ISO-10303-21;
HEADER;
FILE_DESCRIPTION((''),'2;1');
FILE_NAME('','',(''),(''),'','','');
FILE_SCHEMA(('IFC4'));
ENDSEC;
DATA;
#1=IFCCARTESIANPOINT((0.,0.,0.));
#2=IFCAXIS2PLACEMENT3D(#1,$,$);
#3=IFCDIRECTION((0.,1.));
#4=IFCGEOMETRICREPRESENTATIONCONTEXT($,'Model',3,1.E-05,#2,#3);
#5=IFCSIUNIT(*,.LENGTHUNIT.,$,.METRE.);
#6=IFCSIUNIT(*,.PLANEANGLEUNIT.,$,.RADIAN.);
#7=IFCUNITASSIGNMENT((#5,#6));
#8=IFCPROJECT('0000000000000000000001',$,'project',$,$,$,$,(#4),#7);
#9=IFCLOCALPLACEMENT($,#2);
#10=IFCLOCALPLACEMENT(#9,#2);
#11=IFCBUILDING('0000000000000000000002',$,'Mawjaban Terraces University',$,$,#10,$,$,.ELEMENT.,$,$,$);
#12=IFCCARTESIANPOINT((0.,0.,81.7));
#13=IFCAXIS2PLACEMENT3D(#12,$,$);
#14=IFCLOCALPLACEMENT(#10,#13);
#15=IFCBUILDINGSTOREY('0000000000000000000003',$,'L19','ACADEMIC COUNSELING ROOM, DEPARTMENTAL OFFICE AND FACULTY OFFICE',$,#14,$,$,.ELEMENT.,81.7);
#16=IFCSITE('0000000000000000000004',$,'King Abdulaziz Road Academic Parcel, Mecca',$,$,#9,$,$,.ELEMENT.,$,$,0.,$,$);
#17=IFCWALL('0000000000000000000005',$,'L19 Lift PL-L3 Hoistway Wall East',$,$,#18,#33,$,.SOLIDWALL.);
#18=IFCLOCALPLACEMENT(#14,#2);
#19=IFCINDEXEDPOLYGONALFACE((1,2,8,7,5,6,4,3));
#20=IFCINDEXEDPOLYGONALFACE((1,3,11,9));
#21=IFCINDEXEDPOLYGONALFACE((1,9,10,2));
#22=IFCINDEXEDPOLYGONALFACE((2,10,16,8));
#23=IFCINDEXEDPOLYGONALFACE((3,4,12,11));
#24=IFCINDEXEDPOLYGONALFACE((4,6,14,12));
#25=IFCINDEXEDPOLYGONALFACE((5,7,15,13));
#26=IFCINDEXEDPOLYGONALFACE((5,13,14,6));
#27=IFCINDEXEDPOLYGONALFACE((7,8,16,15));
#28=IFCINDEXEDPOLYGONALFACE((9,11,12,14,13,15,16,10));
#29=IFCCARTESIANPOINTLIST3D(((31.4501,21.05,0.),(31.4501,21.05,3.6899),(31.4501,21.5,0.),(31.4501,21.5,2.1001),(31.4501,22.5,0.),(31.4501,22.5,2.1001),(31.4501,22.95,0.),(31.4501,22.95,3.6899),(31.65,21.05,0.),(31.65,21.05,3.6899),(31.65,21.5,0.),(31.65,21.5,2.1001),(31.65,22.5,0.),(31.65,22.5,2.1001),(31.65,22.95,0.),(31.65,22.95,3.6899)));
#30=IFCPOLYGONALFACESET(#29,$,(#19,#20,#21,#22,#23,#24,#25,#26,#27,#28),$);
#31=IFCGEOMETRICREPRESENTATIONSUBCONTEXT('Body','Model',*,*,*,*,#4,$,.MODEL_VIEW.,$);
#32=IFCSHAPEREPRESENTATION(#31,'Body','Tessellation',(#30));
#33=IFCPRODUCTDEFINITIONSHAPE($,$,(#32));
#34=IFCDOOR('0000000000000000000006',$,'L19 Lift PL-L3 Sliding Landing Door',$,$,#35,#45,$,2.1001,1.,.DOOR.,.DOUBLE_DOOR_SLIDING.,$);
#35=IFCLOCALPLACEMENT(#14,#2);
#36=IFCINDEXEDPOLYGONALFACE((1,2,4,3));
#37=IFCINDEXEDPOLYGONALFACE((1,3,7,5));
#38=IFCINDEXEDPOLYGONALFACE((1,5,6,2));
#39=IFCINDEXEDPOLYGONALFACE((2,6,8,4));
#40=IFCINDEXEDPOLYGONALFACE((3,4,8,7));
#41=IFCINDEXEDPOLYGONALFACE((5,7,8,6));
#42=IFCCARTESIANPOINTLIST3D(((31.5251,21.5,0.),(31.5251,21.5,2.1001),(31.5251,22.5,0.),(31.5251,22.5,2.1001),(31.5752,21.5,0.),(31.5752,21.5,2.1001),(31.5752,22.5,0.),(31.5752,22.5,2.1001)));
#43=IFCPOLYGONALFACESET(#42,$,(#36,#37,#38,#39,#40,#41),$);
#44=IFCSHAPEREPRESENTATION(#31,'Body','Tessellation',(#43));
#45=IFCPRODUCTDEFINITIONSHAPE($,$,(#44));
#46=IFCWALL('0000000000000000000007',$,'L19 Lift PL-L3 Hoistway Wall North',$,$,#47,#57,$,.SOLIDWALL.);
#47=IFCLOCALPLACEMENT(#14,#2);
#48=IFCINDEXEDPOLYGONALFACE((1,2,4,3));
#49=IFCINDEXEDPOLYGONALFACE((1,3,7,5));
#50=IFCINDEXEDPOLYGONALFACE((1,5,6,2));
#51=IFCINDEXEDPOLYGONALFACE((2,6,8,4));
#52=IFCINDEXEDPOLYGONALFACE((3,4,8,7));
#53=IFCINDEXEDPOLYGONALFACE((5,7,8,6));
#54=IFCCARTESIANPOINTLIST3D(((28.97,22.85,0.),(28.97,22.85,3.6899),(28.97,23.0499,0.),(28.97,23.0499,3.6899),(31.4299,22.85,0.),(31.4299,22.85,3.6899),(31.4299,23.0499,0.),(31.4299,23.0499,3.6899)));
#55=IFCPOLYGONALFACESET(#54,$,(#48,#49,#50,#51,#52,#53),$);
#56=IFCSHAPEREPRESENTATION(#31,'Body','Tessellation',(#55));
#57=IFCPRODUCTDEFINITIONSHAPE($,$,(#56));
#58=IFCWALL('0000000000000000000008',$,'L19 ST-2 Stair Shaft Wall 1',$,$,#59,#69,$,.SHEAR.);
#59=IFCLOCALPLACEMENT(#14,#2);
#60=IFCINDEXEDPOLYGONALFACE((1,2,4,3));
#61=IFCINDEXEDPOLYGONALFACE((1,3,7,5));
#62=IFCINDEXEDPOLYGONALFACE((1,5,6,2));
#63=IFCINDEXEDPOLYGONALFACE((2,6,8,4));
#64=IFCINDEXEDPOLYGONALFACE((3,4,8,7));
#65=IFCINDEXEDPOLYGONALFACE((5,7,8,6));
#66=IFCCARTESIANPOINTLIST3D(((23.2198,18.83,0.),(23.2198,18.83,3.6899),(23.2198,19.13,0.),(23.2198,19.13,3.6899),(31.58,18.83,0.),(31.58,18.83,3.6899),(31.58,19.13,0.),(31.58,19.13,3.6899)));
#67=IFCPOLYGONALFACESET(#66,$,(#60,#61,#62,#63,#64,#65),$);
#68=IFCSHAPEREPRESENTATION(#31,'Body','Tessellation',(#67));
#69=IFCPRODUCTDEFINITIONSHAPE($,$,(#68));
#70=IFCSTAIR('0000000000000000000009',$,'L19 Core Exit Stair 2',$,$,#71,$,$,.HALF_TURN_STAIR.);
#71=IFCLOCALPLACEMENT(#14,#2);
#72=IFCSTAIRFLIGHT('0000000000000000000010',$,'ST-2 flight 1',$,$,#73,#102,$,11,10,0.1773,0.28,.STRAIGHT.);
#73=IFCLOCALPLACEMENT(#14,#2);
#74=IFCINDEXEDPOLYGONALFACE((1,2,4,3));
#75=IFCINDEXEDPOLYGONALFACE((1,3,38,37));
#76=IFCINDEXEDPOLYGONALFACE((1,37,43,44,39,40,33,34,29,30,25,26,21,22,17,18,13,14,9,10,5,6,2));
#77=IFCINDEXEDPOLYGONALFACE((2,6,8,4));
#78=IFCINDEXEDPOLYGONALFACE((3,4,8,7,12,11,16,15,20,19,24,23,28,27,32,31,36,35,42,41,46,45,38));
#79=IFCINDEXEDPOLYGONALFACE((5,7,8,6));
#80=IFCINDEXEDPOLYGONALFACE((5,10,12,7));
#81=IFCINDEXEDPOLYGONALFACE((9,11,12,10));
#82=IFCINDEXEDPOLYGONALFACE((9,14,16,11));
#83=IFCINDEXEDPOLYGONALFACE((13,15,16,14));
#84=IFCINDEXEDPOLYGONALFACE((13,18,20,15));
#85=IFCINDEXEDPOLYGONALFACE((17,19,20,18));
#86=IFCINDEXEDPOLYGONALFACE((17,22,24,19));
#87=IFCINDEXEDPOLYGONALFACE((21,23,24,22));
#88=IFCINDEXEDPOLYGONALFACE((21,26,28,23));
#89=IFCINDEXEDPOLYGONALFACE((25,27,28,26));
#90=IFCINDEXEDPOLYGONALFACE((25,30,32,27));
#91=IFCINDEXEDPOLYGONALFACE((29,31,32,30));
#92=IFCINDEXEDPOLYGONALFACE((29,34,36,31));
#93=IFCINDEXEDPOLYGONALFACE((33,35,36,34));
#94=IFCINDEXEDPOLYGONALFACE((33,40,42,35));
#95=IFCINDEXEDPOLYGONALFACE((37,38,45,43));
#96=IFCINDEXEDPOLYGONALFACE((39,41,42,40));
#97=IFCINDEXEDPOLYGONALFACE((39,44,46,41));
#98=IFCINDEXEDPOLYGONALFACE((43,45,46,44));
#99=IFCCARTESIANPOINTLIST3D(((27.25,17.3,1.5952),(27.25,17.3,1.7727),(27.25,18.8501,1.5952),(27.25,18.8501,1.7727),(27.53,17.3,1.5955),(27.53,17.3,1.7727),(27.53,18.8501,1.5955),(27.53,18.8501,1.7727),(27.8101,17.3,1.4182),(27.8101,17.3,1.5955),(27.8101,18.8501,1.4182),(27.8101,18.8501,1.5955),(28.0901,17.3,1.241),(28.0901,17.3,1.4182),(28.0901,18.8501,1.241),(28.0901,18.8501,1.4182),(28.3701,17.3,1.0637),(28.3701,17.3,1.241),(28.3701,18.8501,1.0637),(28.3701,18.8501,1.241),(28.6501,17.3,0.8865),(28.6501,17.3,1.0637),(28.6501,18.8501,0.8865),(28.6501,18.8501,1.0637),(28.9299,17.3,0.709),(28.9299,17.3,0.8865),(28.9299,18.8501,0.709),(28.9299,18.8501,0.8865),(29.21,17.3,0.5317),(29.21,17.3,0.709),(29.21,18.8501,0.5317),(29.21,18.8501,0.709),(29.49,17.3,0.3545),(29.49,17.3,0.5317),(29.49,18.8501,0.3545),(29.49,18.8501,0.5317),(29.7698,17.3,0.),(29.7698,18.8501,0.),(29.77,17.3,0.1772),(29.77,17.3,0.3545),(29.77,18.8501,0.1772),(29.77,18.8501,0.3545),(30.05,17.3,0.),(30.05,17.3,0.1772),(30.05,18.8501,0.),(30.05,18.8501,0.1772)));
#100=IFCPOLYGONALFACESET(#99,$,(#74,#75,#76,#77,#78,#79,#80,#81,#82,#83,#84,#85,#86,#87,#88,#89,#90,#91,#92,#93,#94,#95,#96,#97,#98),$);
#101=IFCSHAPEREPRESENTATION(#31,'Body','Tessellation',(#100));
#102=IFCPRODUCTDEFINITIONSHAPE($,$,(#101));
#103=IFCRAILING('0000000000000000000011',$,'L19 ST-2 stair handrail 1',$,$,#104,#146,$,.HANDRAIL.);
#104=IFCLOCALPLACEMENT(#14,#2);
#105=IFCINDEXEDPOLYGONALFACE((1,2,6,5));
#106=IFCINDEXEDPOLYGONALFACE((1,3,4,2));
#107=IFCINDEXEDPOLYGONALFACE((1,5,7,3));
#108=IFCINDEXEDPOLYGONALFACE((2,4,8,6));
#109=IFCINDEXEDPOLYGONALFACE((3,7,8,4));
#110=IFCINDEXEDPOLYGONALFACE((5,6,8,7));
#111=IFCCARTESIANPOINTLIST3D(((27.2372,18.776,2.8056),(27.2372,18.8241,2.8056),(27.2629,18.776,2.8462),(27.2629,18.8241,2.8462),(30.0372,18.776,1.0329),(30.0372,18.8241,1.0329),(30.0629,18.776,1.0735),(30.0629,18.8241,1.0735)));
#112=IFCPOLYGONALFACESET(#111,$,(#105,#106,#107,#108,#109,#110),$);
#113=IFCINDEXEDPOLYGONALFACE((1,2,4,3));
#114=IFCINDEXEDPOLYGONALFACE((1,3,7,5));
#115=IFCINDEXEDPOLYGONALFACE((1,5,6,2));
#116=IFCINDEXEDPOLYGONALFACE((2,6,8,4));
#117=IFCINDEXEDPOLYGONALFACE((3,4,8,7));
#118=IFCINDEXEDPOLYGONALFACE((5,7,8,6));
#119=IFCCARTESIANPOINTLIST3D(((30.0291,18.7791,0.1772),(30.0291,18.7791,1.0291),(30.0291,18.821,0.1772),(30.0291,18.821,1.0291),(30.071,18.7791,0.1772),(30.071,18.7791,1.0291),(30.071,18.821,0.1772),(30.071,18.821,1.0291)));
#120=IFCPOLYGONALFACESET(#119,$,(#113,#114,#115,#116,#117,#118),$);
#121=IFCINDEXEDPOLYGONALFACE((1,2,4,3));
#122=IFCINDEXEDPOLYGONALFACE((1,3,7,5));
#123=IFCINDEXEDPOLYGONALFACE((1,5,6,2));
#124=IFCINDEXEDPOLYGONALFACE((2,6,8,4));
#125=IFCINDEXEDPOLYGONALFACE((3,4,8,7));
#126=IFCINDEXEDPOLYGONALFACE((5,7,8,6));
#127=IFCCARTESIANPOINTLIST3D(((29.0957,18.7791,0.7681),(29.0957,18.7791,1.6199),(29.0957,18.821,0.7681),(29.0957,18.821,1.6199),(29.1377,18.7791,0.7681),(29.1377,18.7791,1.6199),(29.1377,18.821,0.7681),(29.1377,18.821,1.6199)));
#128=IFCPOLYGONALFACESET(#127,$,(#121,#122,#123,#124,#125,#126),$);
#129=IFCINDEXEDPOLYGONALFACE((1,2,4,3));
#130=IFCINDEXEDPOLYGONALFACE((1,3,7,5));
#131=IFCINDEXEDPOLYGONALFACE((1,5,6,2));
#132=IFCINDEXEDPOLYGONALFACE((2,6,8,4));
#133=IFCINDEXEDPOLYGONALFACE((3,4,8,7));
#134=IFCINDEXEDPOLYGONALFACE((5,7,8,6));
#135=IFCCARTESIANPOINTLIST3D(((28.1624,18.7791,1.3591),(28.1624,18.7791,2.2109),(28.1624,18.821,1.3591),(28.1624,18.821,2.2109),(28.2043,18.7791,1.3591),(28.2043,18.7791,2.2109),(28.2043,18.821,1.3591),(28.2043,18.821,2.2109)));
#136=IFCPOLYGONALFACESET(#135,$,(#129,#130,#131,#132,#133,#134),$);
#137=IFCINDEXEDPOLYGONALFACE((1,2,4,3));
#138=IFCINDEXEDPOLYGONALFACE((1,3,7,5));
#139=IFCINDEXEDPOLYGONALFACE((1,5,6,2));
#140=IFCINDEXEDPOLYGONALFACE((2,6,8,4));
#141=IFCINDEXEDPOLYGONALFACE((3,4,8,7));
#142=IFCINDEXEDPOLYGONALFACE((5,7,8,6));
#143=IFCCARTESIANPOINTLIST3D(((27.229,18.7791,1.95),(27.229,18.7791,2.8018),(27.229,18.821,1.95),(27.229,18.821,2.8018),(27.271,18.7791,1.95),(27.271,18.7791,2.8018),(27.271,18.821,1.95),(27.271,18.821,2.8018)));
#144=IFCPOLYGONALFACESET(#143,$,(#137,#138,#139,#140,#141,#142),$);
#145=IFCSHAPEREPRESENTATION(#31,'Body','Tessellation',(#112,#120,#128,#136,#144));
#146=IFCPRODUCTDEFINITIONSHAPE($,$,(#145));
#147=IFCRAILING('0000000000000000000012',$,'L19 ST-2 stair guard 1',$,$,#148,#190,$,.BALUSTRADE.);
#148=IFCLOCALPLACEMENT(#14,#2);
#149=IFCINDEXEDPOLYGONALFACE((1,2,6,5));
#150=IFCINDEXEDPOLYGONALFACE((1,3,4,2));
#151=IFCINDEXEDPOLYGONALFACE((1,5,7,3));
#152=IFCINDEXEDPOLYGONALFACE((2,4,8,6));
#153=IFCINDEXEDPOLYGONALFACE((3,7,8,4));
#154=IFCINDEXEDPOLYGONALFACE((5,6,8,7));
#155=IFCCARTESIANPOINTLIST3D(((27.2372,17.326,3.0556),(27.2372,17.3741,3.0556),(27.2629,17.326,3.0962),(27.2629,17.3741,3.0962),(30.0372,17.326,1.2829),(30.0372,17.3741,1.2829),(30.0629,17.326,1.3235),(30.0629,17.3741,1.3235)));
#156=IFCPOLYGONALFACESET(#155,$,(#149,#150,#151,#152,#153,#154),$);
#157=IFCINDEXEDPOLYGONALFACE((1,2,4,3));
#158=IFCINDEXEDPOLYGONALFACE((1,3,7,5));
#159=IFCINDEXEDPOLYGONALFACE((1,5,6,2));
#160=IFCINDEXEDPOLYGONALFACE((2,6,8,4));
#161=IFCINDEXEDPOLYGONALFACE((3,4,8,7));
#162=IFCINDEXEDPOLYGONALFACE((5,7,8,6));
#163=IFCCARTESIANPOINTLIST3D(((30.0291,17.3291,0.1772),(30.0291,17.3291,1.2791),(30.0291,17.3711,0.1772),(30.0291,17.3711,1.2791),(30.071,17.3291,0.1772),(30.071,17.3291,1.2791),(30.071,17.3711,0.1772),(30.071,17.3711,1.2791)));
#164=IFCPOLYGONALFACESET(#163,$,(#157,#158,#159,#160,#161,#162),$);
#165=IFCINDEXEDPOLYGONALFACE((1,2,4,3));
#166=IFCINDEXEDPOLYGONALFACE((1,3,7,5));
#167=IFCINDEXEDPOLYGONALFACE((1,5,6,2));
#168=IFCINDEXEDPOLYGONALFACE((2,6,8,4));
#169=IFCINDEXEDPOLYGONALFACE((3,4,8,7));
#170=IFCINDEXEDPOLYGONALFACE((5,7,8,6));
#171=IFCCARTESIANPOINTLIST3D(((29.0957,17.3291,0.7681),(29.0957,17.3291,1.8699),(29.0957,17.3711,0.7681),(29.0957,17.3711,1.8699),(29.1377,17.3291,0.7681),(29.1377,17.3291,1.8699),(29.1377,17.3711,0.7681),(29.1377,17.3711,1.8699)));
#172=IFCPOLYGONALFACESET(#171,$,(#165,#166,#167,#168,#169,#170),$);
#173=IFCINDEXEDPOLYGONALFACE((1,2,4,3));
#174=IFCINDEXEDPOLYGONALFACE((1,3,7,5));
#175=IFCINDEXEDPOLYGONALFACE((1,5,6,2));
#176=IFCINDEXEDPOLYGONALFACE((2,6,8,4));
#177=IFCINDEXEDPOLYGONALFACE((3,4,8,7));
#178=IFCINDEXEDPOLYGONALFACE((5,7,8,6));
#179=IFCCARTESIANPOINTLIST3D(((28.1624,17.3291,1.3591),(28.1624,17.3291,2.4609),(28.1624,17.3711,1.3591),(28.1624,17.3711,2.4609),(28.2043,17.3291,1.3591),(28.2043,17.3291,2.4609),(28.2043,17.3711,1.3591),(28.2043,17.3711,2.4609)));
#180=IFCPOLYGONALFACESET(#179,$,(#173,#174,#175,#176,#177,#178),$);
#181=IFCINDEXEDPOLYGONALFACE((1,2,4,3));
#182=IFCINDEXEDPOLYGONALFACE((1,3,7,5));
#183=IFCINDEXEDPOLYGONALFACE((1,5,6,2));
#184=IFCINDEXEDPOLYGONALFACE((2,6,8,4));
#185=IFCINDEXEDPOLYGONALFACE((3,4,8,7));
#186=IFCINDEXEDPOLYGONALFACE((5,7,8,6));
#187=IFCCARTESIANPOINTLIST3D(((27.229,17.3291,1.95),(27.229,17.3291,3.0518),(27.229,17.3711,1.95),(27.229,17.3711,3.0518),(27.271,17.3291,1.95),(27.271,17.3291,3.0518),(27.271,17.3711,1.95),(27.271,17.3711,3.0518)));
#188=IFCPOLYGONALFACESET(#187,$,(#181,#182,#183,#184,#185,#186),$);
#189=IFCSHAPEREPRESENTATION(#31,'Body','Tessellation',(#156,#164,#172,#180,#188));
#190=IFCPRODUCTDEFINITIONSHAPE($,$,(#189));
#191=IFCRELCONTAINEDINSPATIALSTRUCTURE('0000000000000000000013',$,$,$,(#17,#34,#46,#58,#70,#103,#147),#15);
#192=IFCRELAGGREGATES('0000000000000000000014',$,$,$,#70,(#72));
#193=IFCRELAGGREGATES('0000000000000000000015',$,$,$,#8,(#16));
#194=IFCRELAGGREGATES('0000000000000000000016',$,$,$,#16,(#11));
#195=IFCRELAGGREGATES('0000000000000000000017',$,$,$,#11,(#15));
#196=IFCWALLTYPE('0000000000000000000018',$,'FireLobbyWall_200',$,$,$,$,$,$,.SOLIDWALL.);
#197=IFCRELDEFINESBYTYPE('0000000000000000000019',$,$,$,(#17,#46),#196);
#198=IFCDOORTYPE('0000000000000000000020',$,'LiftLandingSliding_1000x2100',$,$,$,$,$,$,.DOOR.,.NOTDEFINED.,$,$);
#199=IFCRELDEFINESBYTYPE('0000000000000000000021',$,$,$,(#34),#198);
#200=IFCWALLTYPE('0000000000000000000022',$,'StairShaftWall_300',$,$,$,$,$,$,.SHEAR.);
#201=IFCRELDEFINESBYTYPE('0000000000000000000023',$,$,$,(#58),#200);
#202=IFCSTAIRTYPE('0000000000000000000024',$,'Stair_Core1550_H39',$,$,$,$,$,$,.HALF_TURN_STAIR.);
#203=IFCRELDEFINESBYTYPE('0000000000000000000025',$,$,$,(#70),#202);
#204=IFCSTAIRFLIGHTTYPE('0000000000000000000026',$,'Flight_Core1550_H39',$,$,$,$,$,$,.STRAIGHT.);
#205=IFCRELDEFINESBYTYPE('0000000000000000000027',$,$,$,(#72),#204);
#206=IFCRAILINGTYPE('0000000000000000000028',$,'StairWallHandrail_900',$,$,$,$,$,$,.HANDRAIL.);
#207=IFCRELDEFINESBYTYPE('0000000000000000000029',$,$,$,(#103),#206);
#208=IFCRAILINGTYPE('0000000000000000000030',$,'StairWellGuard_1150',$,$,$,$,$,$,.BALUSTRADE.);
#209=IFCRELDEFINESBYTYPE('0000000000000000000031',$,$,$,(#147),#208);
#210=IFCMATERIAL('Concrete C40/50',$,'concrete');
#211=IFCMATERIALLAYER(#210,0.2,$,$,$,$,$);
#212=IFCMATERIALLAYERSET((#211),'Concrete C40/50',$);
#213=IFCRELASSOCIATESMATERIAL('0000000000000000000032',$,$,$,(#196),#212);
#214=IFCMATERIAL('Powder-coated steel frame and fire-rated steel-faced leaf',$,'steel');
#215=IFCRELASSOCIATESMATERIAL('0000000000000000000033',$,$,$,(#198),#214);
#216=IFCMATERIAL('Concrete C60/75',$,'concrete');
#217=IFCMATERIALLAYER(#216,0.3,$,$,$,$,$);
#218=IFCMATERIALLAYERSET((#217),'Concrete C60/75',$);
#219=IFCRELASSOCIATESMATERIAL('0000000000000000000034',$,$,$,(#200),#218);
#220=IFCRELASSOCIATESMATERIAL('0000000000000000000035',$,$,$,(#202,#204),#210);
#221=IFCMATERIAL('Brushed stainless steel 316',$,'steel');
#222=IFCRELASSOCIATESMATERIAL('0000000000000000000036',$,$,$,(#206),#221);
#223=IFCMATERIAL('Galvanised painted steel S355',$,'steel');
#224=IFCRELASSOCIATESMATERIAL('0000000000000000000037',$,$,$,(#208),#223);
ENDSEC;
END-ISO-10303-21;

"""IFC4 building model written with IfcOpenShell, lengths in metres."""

from ifc_helpers import new_model, si_unit, direction, frame, frame_2d, origin, origin_2d, place, context, subcontext, project, spatial, polyline, rectangle, outline, extrude, material, layer, layer_set, type_object, element, fill, aggregate, save


model = new_model("IFC4")

# Units and contexts
model_context = context("Model", 3, precision=1e-05, world=origin(), true_north=direction((0.0, 1.0)))
body_context = subcontext(model_context, "Body", "Model", "MODEL_VIEW")
ifc_project = project(units=[si_unit("LENGTHUNIT", "METRE"), si_unit("PLANEANGLEUNIT", "RADIAN")], contexts=[model_context])

# Site, building, storey
site_placement = place(None, origin())
site = spatial("IfcSite", under=ifc_project, at=site_placement, Name="King Abdulaziz Road Academic Parcel, Mecca", CompositionType="ELEMENT", RefElevation=0.0)
building_placement = place(site_placement, origin())
building = spatial("IfcBuilding", under=site, at=building_placement, Name="Mawjaban Terraces University", CompositionType="ELEMENT")
storey_placement = place(building_placement, frame((0.0, 0.0, 81.7)))
storey = spatial("IfcBuildingStorey", under=building, at=storey_placement, Name="L19", Description="ACADEMIC COUNSELING ROOM, DEPARTMENTAL OFFICE AND FACULTY OFFICE", CompositionType="ELEMENT", Elevation=81.7)

# Shared definitions
ifc_material_1 = material(Name="Concrete C40/50", Category="concrete")
ifc_layer_1 = layer(ifc_material_1, 0.2)
ifc_layer_set_1 = layer_set([ifc_layer_1], Name="Concrete C40/50")
wall_type_1 = type_object("IfcWallType", Name="FireLobbyWall_200", PredefinedType="SOLIDWALL", material=ifc_layer_set_1)

# Wall, opening, door
ifc_material_2 = material(Name="Powder-coated steel frame and fire-rated steel-faced leaf", Category="steel")
door_type_1 = type_object("IfcDoorType", Name="LiftLandingSliding_1000x2100", OperationType="NOTDEFINED", PredefinedType="DOOR", material=ifc_material_2)
wall_1_placement = place(storey_placement, frame((31.55, 21.05, 0.0), z_axis=(0.0, 0.0, 1.0), x_axis=(0.0, 1.0, 0.0)))
wall_1 = element("IfcWall", 1, at=wall_1_placement, inside=storey, type_object=wall_type_1, Name="L19 Lift PL-L3 Hoistway Wall East", PredefinedType="SOLIDWALL", context=body_context, shape_type="SweptSolid", body=[
    extrude(rectangle(XDim=1.8999, YDim=0.2, at=frame_2d((0.95, 0.0))), origin(), (0.0, 0.0, 1.0), 3.6899),
])
opening_1_placement = place(wall_1_placement, frame((0.45, 0.0, 0.0)))
opening_1 = element("IfcOpeningElement", 2, at=opening_1_placement, cuts=wall_1, PredefinedType="OPENING", context=body_context, shape_type="SweptSolid", body=[
    extrude(rectangle(XDim=1.0, YDim=2.1001, at=frame_2d((0.5, 1.05))), frame((0.0, 0.1099, 0.0), z_axis=(0.0, -1.0, 0.0), x_axis=(1.0, 0.0, 0.0)), (0.0, 0.0, 1.0), 0.22),
])
door_1_placement = place(opening_1_placement, origin())
door_1 = element("IfcDoor", 3, at=door_1_placement, inside=storey, type_object=door_type_1, Name="L19 Lift PL-L3 Sliding Landing Door", OperationType="DOUBLE_DOOR_SLIDING", OverallHeight=2.1001, OverallWidth=1.0, PredefinedType="DOOR", context=body_context, shape_type="SweptSolid", body=[
    extrude(rectangle(XDim=1.0, YDim=2.1001, at=frame_2d((0.5, 1.05))), frame((0.0, 0.0249, 0.0), z_axis=(0.0, -1.0, 0.0), x_axis=(1.0, 0.0, 0.0)), (0.0, 0.0, 1.0), 0.05),
])
fill(opening_1, door_1)

# Walls
wall_2_placement = place(storey_placement, frame((31.4299, 22.95, 0.0), z_axis=(0.0, 0.0, 1.0), x_axis=(-1.0, 0.0, 0.0)))
element("IfcWall", 4, at=wall_2_placement, inside=storey, type_object=wall_type_1, Name="L19 Lift PL-L3 Hoistway Wall North", PredefinedType="SOLIDWALL", context=body_context, shape_type="SweptSolid", body=[
    extrude(rectangle(XDim=2.46, YDim=0.2, at=frame_2d((1.23, 0.0))), origin(), (0.0, 0.0, 1.0), 3.6899),
])
ifc_material_3 = material(Name="Concrete C60/75", Category="concrete")
ifc_layer_2 = layer(ifc_material_3, 0.3)
ifc_layer_set_2 = layer_set([ifc_layer_2], Name="Concrete C60/75")
wall_type_2 = type_object("IfcWallType", Name="StairShaftWall_300", PredefinedType="SHEAR", material=ifc_layer_set_2)
wall_3_placement = place(storey_placement, frame((31.5801, 18.98, 0.0), z_axis=(0.0, 0.0, 1.0), x_axis=(-1.0, 0.0, 0.0)))
element("IfcWall", 5, at=wall_3_placement, inside=storey, type_object=wall_type_2, Name="L19 ST-2 Stair Shaft Wall 1", PredefinedType="SHEAR", context=body_context, shape_type="SweptSolid", body=[
    extrude(rectangle(XDim=8.3601, YDim=0.3, at=frame_2d((4.1802, 0.0))), origin(), (0.0, 0.0, 1.0), 3.6899),
])

# Stair, stair flight
stair_type = type_object("IfcStairType", Name="Stair_Core1550_H39", PredefinedType="HALF_TURN_STAIR", material=ifc_material_1)
stair_placement = place(storey_placement, origin())
stair = element("IfcStair", 6, at=stair_placement, inside=storey, type_object=stair_type, Name="L19 Core Exit Stair 2", PredefinedType="HALF_TURN_STAIR")
stair_flight_type = type_object("IfcStairFlightType", Name="Flight_Core1550_H39", PredefinedType="STRAIGHT", material=ifc_material_1)
stair_flight_placement = place(storey_placement, frame((30.05, 18.075, 0.0), z_axis=(0.0, 0.0, 1.0), x_axis=(-1.0, 0.0, 0.0)))
stair_flight = element("IfcStairFlight", 7, at=stair_flight_placement, type_object=stair_flight_type, Name="ST-2 flight 1", NumberOfRisers=11, NumberOfTreads=10, PredefinedType="STRAIGHT", RiserHeight=0.1773, TreadLength=0.28, context=body_context, shape_type="SweptSolid", body=[
    extrude(outline(polyline([(0.0, 0.0), (0.0, 0.1772), (0.28, 0.1772), (0.28, 0.3545), (0.5601, 0.3545), (0.5601, 0.5317), (0.8401, 0.5317), (0.8401, 0.709), (1.1201, 0.709), (1.1201, 0.8865), (1.3999, 0.8865), (1.3999, 1.0637), (1.6799, 1.0637), (1.6799, 1.241), (1.96, 1.241), (1.96, 1.4182), (2.24, 1.4182), (2.24, 1.5955), (2.52, 1.5955), (2.52, 1.7727), (2.8, 1.7727), (2.8, 1.95), (2.8, 1.5952), (0.2803, 0.0), (0.0, 0.0)])), frame((0.0, 0.7749, 0.0), z_axis=(0.0, -1.0, 0.0), x_axis=(1.0, 0.0, 0.0)), (0.0, 0.0, 1.0), 1.55),
])
aggregate(stair, [stair_flight])

# Railings
ifc_material_4 = material(Name="Brushed stainless steel 316", Category="steel")
railing_type_1 = type_object("IfcRailingType", Name="StairWallHandrail_900", PredefinedType="HANDRAIL", material=ifc_material_4)
railing_1_placement = place(storey_placement, frame((30.05, 18.8, 0.1772)))
element("IfcRailing", 8, at=railing_1_placement, inside=storey, type_object=railing_type_1, Name="L19 ST-2 stair handrail 1", PredefinedType="HANDRAIL", context=body_context, shape_type="SweptSolid", body=[
    extrude(rectangle(XDim=0.0481, YDim=0.0481, at=origin_2d()), frame((0.0, 0.0, 0.876), z_axis=(-0.844909, 0.0, 0.53491), x_axis=(0.0, -1.0, 0.0)), (0.0, 0.0, 1.0), 3.314),
    extrude(rectangle(XDim=0.042, YDim=0.042, at=origin_2d()), origin(), (0.0, 0.0, 1.0), 0.8518),
    extrude(rectangle(XDim=0.042, YDim=0.042, at=origin_2d()), frame((-0.9333, 0.0, 0.5908)), (0.0, 0.0, 1.0), 0.8518),
    extrude(rectangle(XDim=0.042, YDim=0.042, at=origin_2d()), frame((-1.8667, 0.0, 1.1819)), (0.0, 0.0, 1.0), 0.8518),
    extrude(rectangle(XDim=0.042, YDim=0.042, at=origin_2d()), frame((-2.8, 0.0, 1.7727)), (0.0, 0.0, 1.0), 0.8518),
])
ifc_material_5 = material(Name="Galvanised painted steel S355", Category="steel")
railing_type_2 = type_object("IfcRailingType", Name="StairWellGuard_1150", PredefinedType="BALUSTRADE", material=ifc_material_5)
railing_2_placement = place(storey_placement, frame((30.05, 17.3501, 0.1772)))
element("IfcRailing", 9, at=railing_2_placement, inside=storey, type_object=railing_type_2, Name="L19 ST-2 stair guard 1", PredefinedType="BALUSTRADE", context=body_context, shape_type="SweptSolid", body=[
    extrude(rectangle(XDim=0.0481, YDim=0.0481, at=origin_2d()), frame((0.0, 0.0, 1.126), z_axis=(-0.844909, 0.0, 0.53491), x_axis=(0.0, -1.0, 0.0)), (0.0, 0.0, 1.0), 3.314),
    extrude(rectangle(XDim=0.042, YDim=0.042, at=origin_2d()), origin(), (0.0, 0.0, 1.0), 1.1018),
    extrude(rectangle(XDim=0.042, YDim=0.042, at=origin_2d()), frame((-0.9333, 0.0, 0.5908)), (0.0, 0.0, 1.0), 1.1018),
    extrude(rectangle(XDim=0.042, YDim=0.042, at=origin_2d()), frame((-1.8667, 0.0, 1.1819)), (0.0, 0.0, 1.0), 1.1018),
    extrude(rectangle(XDim=0.042, YDim=0.042, at=origin_2d()), frame((-2.8, 0.0, 1.7727)), (0.0, 0.0, 1.0), 1.1018),
])

save(model, "model.ifc")
